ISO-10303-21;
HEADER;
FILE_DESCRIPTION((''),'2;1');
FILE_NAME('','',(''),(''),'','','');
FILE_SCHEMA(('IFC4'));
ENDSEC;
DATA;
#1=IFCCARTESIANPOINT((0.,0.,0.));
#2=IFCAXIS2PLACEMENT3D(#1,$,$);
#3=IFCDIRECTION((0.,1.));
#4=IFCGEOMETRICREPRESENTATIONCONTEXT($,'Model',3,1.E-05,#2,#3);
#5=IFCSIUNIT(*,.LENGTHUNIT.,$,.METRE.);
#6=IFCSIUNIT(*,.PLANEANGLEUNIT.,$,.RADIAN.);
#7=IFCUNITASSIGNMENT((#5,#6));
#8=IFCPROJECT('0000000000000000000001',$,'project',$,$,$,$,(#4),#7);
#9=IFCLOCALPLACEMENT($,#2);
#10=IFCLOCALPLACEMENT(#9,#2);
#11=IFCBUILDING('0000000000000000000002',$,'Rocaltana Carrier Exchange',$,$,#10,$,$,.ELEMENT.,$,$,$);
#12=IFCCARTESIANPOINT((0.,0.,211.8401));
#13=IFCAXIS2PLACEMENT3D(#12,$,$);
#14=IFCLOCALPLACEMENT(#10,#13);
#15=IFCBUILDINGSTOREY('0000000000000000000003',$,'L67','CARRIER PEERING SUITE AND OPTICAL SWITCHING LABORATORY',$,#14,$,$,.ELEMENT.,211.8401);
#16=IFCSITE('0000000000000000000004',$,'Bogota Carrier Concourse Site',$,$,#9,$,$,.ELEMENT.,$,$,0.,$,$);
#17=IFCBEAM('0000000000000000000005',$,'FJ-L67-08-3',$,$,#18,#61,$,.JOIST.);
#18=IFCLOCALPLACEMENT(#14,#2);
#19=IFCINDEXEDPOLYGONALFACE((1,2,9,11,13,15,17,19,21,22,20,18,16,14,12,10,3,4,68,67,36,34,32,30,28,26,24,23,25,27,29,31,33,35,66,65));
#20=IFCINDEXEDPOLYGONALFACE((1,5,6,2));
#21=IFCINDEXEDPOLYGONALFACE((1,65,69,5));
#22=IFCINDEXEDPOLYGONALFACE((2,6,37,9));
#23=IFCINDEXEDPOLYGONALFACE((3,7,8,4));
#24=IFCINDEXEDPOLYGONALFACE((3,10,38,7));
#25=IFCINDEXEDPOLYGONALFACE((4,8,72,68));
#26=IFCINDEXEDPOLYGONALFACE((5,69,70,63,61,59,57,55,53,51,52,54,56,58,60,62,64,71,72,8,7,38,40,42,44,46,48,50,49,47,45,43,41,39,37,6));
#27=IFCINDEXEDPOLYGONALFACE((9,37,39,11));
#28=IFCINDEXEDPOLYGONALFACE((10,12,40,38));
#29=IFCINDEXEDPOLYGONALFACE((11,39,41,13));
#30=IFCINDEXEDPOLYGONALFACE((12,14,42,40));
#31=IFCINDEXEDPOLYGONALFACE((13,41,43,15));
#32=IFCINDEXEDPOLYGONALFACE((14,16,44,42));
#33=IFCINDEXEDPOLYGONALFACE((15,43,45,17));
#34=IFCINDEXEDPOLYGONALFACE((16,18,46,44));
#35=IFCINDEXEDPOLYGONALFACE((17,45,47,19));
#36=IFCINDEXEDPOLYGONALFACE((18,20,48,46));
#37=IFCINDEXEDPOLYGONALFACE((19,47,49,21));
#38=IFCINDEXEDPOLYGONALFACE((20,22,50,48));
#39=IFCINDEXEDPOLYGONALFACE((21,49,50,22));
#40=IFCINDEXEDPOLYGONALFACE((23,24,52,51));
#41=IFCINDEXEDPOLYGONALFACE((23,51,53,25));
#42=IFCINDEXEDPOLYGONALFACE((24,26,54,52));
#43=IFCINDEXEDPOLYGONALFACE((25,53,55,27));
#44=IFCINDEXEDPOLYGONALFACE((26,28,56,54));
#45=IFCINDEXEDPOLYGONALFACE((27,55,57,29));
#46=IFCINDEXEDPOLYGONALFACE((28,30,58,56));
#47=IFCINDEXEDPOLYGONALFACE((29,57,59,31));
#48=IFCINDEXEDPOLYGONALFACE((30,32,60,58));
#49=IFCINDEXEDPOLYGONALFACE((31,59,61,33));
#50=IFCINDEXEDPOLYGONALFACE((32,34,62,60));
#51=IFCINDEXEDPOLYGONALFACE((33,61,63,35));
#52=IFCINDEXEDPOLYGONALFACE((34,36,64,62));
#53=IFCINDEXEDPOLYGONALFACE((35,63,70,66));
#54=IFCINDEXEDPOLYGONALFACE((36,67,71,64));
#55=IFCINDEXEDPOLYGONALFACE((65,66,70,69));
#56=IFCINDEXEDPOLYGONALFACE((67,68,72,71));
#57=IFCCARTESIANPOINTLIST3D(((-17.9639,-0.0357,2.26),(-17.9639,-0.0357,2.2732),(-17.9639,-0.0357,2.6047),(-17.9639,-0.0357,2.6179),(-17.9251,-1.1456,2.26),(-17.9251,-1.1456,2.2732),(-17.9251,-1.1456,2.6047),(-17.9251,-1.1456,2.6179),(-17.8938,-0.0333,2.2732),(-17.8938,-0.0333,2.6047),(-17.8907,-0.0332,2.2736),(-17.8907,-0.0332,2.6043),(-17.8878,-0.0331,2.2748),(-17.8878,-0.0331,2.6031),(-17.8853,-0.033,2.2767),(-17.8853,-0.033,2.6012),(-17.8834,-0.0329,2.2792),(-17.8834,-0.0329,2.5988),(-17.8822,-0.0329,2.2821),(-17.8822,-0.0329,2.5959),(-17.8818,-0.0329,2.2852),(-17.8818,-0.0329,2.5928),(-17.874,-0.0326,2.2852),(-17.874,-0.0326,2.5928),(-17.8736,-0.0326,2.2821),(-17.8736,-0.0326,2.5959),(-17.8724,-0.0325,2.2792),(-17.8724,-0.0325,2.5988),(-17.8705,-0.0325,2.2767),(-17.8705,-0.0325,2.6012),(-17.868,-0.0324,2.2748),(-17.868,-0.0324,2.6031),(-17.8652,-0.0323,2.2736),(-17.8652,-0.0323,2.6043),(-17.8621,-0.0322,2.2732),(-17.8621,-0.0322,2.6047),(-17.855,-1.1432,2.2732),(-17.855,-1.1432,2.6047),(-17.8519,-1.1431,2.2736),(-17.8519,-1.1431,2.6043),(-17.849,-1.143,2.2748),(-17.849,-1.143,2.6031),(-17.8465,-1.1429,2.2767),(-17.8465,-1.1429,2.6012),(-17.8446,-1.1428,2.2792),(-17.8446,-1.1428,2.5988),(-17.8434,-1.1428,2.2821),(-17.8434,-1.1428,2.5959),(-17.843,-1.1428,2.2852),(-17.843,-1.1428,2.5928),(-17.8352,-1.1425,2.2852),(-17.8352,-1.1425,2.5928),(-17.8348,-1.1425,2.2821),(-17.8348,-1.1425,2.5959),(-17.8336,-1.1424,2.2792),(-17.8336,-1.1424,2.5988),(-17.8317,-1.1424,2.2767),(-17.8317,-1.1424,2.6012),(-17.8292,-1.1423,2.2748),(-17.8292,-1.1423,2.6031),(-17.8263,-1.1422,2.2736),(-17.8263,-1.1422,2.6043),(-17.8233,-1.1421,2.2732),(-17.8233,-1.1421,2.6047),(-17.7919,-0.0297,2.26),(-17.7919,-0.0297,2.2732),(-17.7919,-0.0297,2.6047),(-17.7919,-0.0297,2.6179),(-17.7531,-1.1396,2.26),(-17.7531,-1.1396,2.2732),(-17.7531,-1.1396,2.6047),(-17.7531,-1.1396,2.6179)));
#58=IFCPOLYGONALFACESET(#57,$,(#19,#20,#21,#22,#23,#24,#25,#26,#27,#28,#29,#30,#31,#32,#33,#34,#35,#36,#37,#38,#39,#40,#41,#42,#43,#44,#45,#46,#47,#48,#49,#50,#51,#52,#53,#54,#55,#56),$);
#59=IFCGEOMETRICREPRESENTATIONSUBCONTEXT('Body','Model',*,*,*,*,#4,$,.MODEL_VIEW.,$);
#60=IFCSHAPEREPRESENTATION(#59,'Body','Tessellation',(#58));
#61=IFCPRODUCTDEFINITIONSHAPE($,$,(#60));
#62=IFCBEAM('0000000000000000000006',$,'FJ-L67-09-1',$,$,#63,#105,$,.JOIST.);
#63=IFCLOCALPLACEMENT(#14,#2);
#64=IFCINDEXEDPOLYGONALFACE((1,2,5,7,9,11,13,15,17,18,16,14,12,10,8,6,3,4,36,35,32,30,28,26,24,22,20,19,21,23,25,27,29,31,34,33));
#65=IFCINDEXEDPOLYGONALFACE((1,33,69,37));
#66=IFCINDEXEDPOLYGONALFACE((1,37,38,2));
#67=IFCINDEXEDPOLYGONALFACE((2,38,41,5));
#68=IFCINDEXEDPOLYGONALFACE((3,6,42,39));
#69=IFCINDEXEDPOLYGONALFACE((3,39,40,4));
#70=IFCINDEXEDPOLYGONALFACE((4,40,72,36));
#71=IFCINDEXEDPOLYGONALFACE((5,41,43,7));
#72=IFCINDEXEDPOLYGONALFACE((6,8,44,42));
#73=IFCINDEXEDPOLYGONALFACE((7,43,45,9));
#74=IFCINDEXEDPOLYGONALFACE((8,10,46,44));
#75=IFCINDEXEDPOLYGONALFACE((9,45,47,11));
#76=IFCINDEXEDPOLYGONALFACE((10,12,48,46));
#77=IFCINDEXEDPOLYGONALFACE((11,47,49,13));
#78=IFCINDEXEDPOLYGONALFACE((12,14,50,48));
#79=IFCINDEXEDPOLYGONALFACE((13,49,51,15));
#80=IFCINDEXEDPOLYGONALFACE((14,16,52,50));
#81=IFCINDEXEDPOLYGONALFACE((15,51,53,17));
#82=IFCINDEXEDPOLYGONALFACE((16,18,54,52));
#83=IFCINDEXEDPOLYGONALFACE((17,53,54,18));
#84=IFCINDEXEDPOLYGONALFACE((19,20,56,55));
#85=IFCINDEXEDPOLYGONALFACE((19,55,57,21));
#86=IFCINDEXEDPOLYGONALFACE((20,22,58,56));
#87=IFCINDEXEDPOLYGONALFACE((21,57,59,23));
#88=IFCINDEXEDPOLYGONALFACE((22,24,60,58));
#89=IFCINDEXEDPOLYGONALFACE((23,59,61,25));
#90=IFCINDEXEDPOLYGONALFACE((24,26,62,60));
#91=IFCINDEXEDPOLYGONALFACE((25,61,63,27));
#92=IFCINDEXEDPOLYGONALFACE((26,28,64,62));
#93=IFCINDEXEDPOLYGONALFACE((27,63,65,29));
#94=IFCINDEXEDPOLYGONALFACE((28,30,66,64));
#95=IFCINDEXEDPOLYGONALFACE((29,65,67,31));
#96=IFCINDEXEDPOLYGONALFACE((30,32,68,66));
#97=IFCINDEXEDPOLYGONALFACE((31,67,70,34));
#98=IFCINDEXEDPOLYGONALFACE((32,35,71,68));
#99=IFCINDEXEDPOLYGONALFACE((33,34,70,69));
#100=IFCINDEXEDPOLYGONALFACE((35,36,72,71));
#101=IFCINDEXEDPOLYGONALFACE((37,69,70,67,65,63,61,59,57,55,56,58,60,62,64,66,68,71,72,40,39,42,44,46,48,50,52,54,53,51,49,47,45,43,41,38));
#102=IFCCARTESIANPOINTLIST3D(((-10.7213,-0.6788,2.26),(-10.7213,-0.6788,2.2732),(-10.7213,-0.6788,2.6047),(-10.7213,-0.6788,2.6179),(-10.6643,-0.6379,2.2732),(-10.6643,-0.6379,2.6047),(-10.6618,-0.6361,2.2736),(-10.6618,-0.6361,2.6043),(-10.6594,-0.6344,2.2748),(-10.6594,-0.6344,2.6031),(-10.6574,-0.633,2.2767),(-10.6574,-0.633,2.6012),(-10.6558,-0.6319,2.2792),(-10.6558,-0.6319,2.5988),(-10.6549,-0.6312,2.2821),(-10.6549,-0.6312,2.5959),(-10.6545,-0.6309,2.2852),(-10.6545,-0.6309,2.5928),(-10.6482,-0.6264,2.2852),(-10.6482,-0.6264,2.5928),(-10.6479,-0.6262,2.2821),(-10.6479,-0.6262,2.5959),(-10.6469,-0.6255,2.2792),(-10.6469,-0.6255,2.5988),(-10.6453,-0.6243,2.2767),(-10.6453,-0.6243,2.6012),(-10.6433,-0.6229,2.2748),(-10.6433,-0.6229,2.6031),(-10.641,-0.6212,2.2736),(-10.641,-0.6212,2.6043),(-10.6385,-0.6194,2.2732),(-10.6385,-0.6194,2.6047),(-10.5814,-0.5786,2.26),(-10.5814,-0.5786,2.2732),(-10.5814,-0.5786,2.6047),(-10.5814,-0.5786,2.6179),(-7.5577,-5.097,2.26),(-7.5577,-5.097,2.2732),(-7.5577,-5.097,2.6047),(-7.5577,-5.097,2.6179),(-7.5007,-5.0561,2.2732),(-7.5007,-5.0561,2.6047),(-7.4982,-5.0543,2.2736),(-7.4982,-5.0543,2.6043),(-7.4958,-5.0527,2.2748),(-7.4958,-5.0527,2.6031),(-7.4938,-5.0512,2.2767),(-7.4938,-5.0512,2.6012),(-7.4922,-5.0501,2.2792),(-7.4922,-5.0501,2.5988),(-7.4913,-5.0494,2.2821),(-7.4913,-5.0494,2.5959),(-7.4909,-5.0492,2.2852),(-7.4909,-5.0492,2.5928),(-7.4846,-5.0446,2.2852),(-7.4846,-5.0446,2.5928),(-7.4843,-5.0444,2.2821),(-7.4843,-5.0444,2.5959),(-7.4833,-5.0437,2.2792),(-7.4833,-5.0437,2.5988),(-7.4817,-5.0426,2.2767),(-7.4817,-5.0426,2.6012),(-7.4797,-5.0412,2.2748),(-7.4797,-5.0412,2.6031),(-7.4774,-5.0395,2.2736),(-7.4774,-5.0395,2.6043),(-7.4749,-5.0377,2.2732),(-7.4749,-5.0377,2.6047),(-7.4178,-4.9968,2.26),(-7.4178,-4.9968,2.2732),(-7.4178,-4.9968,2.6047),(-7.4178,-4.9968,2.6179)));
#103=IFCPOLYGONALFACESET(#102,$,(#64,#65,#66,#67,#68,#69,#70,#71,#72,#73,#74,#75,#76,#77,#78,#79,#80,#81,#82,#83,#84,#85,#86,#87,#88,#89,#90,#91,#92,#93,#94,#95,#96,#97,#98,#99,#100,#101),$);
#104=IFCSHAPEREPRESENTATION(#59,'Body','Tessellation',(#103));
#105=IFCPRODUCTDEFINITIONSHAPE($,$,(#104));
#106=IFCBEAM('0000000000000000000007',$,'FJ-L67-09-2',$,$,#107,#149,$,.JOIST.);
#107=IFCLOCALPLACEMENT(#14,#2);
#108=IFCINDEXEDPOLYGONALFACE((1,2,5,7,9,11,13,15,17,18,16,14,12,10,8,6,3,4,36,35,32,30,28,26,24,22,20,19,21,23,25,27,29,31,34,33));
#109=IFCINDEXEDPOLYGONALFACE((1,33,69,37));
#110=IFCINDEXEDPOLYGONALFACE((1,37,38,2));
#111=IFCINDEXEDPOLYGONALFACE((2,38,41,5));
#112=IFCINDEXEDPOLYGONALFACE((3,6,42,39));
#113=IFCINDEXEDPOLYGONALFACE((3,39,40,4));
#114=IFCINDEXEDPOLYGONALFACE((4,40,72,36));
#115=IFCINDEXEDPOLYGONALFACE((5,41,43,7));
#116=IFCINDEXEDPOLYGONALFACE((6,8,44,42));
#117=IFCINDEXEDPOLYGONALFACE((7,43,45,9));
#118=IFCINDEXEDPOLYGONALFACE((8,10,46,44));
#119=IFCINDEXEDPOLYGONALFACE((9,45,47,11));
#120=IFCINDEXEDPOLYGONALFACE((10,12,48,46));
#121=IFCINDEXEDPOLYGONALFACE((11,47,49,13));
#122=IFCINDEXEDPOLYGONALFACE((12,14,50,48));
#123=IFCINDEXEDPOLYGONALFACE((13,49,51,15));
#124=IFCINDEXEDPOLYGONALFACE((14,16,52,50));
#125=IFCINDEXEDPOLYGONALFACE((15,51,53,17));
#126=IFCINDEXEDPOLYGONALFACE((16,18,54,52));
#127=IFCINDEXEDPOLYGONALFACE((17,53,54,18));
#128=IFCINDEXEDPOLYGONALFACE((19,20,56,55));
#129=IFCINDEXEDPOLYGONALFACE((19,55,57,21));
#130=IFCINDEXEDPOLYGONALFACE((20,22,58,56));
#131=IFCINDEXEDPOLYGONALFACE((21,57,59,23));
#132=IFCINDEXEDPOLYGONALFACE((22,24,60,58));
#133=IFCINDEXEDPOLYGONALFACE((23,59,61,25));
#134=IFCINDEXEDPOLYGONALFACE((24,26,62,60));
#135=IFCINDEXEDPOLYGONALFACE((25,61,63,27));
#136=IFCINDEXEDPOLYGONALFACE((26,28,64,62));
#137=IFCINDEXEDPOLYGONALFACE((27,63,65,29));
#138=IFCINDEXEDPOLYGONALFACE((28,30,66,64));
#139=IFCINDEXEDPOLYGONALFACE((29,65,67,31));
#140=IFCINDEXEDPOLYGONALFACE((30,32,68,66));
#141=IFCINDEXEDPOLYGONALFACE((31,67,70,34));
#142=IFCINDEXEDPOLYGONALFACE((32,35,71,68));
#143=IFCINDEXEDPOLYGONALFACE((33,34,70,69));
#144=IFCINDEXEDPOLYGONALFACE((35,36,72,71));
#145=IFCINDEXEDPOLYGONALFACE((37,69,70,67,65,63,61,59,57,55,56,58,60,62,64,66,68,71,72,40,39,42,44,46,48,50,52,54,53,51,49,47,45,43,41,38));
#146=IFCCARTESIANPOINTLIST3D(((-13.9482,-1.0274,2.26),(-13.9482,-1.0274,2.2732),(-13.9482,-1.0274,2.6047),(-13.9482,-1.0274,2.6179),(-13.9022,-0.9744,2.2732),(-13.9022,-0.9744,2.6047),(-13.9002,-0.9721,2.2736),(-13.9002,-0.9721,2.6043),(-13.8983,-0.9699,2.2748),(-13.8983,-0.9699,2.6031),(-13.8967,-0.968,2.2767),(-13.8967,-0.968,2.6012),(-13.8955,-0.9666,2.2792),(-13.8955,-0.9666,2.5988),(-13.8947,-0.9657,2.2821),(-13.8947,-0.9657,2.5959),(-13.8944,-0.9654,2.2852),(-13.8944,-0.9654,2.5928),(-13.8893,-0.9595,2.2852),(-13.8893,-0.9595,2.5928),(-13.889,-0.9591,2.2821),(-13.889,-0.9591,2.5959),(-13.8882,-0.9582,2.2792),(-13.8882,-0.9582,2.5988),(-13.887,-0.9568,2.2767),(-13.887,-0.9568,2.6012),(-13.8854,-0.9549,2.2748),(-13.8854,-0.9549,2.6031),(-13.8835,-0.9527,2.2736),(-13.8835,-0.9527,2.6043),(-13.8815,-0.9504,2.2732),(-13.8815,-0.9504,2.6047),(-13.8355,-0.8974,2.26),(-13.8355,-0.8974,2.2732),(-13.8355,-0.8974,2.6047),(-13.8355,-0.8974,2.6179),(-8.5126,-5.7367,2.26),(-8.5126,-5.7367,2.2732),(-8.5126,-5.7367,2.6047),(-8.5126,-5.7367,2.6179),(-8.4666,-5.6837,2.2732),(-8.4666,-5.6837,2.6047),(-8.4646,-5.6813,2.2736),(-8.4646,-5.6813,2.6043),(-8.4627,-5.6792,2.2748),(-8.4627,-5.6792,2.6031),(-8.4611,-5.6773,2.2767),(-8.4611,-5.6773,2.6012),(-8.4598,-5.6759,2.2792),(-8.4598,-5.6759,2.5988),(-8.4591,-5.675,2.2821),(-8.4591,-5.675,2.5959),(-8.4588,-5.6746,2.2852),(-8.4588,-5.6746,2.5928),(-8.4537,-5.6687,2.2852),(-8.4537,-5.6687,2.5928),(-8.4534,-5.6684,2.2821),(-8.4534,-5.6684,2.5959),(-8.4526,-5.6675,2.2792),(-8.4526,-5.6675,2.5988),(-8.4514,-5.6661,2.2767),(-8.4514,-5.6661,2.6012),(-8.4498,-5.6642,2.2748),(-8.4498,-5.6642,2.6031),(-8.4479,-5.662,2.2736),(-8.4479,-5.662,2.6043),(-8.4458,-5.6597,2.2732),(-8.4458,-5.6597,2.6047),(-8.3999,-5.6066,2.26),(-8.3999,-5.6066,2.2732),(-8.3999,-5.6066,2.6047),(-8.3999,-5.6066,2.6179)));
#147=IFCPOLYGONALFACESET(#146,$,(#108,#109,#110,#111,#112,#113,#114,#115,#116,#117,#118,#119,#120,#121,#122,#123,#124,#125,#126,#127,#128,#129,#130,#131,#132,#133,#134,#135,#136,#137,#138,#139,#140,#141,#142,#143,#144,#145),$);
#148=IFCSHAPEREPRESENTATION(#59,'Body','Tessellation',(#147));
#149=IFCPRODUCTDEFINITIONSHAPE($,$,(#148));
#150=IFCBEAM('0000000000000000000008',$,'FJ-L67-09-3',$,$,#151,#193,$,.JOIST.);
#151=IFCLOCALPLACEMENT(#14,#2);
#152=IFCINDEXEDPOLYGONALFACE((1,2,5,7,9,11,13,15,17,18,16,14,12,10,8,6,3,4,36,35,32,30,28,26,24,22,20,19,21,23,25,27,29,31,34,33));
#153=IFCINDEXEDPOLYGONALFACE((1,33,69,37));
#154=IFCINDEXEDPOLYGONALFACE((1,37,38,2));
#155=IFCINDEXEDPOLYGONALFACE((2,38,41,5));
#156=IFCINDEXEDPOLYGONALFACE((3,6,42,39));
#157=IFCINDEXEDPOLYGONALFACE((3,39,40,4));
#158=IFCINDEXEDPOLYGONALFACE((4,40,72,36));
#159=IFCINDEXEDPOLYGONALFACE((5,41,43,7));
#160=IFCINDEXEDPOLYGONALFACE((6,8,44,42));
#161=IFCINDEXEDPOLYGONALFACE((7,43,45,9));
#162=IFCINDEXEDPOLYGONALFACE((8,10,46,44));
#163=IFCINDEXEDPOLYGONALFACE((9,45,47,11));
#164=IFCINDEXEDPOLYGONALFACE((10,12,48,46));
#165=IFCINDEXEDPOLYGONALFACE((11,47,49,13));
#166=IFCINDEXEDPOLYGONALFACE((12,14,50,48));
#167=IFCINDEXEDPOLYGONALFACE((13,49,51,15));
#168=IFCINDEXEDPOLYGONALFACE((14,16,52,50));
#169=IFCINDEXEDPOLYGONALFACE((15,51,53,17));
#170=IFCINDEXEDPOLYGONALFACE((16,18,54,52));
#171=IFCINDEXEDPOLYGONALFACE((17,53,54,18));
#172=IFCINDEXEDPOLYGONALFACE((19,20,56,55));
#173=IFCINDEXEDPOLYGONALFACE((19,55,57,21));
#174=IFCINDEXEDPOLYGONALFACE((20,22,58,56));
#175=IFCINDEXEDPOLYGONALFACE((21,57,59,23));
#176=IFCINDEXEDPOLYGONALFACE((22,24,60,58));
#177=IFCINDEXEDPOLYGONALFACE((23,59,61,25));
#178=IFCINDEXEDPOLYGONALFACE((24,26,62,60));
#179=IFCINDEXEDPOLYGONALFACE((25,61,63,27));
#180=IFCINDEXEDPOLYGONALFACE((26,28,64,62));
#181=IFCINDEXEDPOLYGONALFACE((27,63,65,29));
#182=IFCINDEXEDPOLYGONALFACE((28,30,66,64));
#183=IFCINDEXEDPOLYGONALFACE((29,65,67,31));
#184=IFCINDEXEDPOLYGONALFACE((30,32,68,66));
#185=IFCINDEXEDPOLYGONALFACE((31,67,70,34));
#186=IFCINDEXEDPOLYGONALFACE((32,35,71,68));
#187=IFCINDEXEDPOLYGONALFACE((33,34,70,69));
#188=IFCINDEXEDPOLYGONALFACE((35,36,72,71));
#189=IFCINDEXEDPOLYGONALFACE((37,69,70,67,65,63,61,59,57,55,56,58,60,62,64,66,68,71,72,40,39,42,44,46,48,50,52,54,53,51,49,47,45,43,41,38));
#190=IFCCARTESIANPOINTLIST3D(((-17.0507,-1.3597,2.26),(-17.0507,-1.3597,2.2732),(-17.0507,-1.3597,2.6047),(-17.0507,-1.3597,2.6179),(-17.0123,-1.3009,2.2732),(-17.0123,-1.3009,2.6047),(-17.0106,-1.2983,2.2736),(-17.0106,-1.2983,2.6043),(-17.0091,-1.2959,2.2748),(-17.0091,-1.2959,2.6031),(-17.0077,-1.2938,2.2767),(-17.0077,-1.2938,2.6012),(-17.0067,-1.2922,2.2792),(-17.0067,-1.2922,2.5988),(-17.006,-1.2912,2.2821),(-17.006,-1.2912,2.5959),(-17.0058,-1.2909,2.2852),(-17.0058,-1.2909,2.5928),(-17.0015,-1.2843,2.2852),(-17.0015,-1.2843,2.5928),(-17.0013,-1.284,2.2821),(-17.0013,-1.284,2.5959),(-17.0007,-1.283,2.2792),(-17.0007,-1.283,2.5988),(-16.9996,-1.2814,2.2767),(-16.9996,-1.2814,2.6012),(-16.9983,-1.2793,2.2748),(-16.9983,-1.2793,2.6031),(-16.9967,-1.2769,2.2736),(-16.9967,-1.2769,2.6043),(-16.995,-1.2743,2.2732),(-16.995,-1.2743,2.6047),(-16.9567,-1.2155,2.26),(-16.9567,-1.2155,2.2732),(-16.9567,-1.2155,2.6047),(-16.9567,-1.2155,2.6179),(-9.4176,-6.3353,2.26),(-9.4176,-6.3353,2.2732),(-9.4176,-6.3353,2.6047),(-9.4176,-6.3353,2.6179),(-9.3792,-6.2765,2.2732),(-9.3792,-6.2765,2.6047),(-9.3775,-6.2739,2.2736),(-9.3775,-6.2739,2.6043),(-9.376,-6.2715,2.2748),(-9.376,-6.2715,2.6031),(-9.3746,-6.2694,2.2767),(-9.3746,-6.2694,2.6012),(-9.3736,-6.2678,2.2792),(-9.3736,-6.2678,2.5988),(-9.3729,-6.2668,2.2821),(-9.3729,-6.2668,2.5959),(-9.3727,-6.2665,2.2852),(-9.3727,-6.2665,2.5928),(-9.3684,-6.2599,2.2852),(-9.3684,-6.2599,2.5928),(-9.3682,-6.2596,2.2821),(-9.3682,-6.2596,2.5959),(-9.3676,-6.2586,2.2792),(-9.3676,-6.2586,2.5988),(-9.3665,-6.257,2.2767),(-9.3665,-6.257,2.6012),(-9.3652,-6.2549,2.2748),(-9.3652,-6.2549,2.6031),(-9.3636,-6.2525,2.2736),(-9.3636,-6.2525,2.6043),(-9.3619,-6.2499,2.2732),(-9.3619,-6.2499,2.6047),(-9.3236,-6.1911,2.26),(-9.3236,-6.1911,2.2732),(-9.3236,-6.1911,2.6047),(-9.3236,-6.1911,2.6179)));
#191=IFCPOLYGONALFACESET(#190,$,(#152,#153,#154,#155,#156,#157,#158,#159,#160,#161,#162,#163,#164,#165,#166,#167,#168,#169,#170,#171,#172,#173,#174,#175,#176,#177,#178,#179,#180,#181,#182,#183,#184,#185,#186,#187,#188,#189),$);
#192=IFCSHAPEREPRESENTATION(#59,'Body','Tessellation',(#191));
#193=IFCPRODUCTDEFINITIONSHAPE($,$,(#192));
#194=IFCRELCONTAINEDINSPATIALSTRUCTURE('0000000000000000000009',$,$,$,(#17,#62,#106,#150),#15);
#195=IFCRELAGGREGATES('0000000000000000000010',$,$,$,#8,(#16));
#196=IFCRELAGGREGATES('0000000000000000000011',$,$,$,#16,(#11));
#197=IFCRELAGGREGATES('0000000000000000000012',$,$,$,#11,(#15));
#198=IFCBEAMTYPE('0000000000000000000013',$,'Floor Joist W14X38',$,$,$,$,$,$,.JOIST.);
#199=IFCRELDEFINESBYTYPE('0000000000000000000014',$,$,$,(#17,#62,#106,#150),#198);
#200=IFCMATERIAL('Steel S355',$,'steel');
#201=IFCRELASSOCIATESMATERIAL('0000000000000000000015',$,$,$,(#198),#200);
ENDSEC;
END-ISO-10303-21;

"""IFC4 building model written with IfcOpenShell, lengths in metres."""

from ifc_helpers import new_model, si_unit, direction, frame, origin, origin_2d, place, context, subcontext, project, spatial, i_section, extrude, material, material_profile, profile_set, type_object, element, save


model = new_model("IFC4")

# Units and contexts
model_context = context("Model", 3, precision=1e-05, world=origin(), true_north=direction((0.0, 1.0)))
body_context = subcontext(model_context, "Body", "Model", "MODEL_VIEW")
ifc_project = project(units=[si_unit("LENGTHUNIT", "METRE"), si_unit("PLANEANGLEUNIT", "RADIAN")], contexts=[model_context])

# Site, building, storey
site_placement = place(None, origin())
site = spatial("IfcSite", under=ifc_project, at=site_placement, Name="Bogota Carrier Concourse Site", CompositionType="ELEMENT", RefElevation=0.0)
building_placement = place(site_placement, origin())
building = spatial("IfcBuilding", under=site, at=building_placement, Name="Rocaltana Carrier Exchange", CompositionType="ELEMENT")
storey_placement = place(building_placement, frame((0.0, 0.0, 211.8401)))
storey = spatial("IfcBuildingStorey", under=building, at=storey_placement, Name="L67", Description="CARRIER PEERING SUITE AND OPTICAL SWITCHING LABORATORY", CompositionType="ELEMENT", Elevation=211.8401)

# Beams
ifc_material_1 = material(Name="Steel S355", Category="steel")
ifc_material_profile_1 = material_profile(ifc_material_1, i_section(OverallWidth=0.1721, OverallDepth=0.3579, WebThickness=0.0078, FlangeThickness=0.0132, FilletRadius=0.012, at=origin_2d()), Name="W14X38")
ifc_profile_set_1 = profile_set([ifc_material_profile_1], Name="Steel S355")
beam_type_1 = type_object("IfcBeamType", Name="Floor Joist W14X38", PredefinedType="JOIST", material=ifc_profile_set_1)
beam_1_placement = place(storey_placement, frame((-17.8779, -0.0327, 2.439), z_axis=(0.034954, -0.999389, 0.0), x_axis=(0.999389, 0.034954, 0.0)))
element("IfcBeam", 1, at=beam_1_placement, inside=storey, type_object=beam_type_1, Name="FJ-L67-08-3", PredefinedType="JOIST", context=body_context, shape_type="SweptSolid", body=[
    extrude(i_section(OverallWidth=0.1721, OverallDepth=0.3579, WebThickness=0.0078, FlangeThickness=0.0132, FilletRadius=0.012, at=origin_2d()), origin(), (0.0, 0.0, 1.0), 1.1106),
])
beam_2_placement = place(storey_placement, frame((-10.6514, -0.6287, 2.439), z_axis=(0.582177, -0.813062, 0.0), x_axis=(0.813062, 0.582177, 0.0)))
element("IfcBeam", 2, at=beam_2_placement, inside=storey, type_object=beam_type_1, Name="FJ-L67-09-1", PredefinedType="JOIST", context=body_context, shape_type="SweptSolid", body=[
    extrude(i_section(OverallWidth=0.1721, OverallDepth=0.3579, WebThickness=0.0078, FlangeThickness=0.0132, FilletRadius=0.012, at=origin_2d()), origin(), (0.0, 0.0, 1.0), 5.4341),
])
beam_3_placement = place(storey_placement, frame((-13.8918, -0.9624, 2.439), z_axis=(0.755798, -0.654805, 0.0), x_axis=(0.654805, 0.755798, 0.0)))
element("IfcBeam", 3, at=beam_3_placement, inside=storey, type_object=beam_type_1, Name="FJ-L67-09-2", PredefinedType="JOIST", context=body_context, shape_type="SweptSolid", body=[
    extrude(i_section(OverallWidth=0.1721, OverallDepth=0.3579, WebThickness=0.0078, FlangeThickness=0.0132, FilletRadius=0.012, at=origin_2d()), origin(), (0.0, 0.0, 1.0), 7.1919),
])
beam_4_placement = place(storey_placement, frame((-17.0037, -1.2876, 2.439), z_axis=(0.837736, -0.546076, 0.0), x_axis=(0.546076, 0.837736, 0.0)))
element("IfcBeam", 4, at=beam_4_placement, inside=storey, type_object=beam_type_1, Name="FJ-L67-09-3", PredefinedType="JOIST", context=body_context, shape_type="SweptSolid", body=[
    extrude(i_section(OverallWidth=0.1721, OverallDepth=0.3579, WebThickness=0.0078, FlangeThickness=0.0132, FilletRadius=0.012, at=origin_2d()), origin(), (0.0, 0.0, 1.0), 9.1116),
])

save(model, "model.ifc")
